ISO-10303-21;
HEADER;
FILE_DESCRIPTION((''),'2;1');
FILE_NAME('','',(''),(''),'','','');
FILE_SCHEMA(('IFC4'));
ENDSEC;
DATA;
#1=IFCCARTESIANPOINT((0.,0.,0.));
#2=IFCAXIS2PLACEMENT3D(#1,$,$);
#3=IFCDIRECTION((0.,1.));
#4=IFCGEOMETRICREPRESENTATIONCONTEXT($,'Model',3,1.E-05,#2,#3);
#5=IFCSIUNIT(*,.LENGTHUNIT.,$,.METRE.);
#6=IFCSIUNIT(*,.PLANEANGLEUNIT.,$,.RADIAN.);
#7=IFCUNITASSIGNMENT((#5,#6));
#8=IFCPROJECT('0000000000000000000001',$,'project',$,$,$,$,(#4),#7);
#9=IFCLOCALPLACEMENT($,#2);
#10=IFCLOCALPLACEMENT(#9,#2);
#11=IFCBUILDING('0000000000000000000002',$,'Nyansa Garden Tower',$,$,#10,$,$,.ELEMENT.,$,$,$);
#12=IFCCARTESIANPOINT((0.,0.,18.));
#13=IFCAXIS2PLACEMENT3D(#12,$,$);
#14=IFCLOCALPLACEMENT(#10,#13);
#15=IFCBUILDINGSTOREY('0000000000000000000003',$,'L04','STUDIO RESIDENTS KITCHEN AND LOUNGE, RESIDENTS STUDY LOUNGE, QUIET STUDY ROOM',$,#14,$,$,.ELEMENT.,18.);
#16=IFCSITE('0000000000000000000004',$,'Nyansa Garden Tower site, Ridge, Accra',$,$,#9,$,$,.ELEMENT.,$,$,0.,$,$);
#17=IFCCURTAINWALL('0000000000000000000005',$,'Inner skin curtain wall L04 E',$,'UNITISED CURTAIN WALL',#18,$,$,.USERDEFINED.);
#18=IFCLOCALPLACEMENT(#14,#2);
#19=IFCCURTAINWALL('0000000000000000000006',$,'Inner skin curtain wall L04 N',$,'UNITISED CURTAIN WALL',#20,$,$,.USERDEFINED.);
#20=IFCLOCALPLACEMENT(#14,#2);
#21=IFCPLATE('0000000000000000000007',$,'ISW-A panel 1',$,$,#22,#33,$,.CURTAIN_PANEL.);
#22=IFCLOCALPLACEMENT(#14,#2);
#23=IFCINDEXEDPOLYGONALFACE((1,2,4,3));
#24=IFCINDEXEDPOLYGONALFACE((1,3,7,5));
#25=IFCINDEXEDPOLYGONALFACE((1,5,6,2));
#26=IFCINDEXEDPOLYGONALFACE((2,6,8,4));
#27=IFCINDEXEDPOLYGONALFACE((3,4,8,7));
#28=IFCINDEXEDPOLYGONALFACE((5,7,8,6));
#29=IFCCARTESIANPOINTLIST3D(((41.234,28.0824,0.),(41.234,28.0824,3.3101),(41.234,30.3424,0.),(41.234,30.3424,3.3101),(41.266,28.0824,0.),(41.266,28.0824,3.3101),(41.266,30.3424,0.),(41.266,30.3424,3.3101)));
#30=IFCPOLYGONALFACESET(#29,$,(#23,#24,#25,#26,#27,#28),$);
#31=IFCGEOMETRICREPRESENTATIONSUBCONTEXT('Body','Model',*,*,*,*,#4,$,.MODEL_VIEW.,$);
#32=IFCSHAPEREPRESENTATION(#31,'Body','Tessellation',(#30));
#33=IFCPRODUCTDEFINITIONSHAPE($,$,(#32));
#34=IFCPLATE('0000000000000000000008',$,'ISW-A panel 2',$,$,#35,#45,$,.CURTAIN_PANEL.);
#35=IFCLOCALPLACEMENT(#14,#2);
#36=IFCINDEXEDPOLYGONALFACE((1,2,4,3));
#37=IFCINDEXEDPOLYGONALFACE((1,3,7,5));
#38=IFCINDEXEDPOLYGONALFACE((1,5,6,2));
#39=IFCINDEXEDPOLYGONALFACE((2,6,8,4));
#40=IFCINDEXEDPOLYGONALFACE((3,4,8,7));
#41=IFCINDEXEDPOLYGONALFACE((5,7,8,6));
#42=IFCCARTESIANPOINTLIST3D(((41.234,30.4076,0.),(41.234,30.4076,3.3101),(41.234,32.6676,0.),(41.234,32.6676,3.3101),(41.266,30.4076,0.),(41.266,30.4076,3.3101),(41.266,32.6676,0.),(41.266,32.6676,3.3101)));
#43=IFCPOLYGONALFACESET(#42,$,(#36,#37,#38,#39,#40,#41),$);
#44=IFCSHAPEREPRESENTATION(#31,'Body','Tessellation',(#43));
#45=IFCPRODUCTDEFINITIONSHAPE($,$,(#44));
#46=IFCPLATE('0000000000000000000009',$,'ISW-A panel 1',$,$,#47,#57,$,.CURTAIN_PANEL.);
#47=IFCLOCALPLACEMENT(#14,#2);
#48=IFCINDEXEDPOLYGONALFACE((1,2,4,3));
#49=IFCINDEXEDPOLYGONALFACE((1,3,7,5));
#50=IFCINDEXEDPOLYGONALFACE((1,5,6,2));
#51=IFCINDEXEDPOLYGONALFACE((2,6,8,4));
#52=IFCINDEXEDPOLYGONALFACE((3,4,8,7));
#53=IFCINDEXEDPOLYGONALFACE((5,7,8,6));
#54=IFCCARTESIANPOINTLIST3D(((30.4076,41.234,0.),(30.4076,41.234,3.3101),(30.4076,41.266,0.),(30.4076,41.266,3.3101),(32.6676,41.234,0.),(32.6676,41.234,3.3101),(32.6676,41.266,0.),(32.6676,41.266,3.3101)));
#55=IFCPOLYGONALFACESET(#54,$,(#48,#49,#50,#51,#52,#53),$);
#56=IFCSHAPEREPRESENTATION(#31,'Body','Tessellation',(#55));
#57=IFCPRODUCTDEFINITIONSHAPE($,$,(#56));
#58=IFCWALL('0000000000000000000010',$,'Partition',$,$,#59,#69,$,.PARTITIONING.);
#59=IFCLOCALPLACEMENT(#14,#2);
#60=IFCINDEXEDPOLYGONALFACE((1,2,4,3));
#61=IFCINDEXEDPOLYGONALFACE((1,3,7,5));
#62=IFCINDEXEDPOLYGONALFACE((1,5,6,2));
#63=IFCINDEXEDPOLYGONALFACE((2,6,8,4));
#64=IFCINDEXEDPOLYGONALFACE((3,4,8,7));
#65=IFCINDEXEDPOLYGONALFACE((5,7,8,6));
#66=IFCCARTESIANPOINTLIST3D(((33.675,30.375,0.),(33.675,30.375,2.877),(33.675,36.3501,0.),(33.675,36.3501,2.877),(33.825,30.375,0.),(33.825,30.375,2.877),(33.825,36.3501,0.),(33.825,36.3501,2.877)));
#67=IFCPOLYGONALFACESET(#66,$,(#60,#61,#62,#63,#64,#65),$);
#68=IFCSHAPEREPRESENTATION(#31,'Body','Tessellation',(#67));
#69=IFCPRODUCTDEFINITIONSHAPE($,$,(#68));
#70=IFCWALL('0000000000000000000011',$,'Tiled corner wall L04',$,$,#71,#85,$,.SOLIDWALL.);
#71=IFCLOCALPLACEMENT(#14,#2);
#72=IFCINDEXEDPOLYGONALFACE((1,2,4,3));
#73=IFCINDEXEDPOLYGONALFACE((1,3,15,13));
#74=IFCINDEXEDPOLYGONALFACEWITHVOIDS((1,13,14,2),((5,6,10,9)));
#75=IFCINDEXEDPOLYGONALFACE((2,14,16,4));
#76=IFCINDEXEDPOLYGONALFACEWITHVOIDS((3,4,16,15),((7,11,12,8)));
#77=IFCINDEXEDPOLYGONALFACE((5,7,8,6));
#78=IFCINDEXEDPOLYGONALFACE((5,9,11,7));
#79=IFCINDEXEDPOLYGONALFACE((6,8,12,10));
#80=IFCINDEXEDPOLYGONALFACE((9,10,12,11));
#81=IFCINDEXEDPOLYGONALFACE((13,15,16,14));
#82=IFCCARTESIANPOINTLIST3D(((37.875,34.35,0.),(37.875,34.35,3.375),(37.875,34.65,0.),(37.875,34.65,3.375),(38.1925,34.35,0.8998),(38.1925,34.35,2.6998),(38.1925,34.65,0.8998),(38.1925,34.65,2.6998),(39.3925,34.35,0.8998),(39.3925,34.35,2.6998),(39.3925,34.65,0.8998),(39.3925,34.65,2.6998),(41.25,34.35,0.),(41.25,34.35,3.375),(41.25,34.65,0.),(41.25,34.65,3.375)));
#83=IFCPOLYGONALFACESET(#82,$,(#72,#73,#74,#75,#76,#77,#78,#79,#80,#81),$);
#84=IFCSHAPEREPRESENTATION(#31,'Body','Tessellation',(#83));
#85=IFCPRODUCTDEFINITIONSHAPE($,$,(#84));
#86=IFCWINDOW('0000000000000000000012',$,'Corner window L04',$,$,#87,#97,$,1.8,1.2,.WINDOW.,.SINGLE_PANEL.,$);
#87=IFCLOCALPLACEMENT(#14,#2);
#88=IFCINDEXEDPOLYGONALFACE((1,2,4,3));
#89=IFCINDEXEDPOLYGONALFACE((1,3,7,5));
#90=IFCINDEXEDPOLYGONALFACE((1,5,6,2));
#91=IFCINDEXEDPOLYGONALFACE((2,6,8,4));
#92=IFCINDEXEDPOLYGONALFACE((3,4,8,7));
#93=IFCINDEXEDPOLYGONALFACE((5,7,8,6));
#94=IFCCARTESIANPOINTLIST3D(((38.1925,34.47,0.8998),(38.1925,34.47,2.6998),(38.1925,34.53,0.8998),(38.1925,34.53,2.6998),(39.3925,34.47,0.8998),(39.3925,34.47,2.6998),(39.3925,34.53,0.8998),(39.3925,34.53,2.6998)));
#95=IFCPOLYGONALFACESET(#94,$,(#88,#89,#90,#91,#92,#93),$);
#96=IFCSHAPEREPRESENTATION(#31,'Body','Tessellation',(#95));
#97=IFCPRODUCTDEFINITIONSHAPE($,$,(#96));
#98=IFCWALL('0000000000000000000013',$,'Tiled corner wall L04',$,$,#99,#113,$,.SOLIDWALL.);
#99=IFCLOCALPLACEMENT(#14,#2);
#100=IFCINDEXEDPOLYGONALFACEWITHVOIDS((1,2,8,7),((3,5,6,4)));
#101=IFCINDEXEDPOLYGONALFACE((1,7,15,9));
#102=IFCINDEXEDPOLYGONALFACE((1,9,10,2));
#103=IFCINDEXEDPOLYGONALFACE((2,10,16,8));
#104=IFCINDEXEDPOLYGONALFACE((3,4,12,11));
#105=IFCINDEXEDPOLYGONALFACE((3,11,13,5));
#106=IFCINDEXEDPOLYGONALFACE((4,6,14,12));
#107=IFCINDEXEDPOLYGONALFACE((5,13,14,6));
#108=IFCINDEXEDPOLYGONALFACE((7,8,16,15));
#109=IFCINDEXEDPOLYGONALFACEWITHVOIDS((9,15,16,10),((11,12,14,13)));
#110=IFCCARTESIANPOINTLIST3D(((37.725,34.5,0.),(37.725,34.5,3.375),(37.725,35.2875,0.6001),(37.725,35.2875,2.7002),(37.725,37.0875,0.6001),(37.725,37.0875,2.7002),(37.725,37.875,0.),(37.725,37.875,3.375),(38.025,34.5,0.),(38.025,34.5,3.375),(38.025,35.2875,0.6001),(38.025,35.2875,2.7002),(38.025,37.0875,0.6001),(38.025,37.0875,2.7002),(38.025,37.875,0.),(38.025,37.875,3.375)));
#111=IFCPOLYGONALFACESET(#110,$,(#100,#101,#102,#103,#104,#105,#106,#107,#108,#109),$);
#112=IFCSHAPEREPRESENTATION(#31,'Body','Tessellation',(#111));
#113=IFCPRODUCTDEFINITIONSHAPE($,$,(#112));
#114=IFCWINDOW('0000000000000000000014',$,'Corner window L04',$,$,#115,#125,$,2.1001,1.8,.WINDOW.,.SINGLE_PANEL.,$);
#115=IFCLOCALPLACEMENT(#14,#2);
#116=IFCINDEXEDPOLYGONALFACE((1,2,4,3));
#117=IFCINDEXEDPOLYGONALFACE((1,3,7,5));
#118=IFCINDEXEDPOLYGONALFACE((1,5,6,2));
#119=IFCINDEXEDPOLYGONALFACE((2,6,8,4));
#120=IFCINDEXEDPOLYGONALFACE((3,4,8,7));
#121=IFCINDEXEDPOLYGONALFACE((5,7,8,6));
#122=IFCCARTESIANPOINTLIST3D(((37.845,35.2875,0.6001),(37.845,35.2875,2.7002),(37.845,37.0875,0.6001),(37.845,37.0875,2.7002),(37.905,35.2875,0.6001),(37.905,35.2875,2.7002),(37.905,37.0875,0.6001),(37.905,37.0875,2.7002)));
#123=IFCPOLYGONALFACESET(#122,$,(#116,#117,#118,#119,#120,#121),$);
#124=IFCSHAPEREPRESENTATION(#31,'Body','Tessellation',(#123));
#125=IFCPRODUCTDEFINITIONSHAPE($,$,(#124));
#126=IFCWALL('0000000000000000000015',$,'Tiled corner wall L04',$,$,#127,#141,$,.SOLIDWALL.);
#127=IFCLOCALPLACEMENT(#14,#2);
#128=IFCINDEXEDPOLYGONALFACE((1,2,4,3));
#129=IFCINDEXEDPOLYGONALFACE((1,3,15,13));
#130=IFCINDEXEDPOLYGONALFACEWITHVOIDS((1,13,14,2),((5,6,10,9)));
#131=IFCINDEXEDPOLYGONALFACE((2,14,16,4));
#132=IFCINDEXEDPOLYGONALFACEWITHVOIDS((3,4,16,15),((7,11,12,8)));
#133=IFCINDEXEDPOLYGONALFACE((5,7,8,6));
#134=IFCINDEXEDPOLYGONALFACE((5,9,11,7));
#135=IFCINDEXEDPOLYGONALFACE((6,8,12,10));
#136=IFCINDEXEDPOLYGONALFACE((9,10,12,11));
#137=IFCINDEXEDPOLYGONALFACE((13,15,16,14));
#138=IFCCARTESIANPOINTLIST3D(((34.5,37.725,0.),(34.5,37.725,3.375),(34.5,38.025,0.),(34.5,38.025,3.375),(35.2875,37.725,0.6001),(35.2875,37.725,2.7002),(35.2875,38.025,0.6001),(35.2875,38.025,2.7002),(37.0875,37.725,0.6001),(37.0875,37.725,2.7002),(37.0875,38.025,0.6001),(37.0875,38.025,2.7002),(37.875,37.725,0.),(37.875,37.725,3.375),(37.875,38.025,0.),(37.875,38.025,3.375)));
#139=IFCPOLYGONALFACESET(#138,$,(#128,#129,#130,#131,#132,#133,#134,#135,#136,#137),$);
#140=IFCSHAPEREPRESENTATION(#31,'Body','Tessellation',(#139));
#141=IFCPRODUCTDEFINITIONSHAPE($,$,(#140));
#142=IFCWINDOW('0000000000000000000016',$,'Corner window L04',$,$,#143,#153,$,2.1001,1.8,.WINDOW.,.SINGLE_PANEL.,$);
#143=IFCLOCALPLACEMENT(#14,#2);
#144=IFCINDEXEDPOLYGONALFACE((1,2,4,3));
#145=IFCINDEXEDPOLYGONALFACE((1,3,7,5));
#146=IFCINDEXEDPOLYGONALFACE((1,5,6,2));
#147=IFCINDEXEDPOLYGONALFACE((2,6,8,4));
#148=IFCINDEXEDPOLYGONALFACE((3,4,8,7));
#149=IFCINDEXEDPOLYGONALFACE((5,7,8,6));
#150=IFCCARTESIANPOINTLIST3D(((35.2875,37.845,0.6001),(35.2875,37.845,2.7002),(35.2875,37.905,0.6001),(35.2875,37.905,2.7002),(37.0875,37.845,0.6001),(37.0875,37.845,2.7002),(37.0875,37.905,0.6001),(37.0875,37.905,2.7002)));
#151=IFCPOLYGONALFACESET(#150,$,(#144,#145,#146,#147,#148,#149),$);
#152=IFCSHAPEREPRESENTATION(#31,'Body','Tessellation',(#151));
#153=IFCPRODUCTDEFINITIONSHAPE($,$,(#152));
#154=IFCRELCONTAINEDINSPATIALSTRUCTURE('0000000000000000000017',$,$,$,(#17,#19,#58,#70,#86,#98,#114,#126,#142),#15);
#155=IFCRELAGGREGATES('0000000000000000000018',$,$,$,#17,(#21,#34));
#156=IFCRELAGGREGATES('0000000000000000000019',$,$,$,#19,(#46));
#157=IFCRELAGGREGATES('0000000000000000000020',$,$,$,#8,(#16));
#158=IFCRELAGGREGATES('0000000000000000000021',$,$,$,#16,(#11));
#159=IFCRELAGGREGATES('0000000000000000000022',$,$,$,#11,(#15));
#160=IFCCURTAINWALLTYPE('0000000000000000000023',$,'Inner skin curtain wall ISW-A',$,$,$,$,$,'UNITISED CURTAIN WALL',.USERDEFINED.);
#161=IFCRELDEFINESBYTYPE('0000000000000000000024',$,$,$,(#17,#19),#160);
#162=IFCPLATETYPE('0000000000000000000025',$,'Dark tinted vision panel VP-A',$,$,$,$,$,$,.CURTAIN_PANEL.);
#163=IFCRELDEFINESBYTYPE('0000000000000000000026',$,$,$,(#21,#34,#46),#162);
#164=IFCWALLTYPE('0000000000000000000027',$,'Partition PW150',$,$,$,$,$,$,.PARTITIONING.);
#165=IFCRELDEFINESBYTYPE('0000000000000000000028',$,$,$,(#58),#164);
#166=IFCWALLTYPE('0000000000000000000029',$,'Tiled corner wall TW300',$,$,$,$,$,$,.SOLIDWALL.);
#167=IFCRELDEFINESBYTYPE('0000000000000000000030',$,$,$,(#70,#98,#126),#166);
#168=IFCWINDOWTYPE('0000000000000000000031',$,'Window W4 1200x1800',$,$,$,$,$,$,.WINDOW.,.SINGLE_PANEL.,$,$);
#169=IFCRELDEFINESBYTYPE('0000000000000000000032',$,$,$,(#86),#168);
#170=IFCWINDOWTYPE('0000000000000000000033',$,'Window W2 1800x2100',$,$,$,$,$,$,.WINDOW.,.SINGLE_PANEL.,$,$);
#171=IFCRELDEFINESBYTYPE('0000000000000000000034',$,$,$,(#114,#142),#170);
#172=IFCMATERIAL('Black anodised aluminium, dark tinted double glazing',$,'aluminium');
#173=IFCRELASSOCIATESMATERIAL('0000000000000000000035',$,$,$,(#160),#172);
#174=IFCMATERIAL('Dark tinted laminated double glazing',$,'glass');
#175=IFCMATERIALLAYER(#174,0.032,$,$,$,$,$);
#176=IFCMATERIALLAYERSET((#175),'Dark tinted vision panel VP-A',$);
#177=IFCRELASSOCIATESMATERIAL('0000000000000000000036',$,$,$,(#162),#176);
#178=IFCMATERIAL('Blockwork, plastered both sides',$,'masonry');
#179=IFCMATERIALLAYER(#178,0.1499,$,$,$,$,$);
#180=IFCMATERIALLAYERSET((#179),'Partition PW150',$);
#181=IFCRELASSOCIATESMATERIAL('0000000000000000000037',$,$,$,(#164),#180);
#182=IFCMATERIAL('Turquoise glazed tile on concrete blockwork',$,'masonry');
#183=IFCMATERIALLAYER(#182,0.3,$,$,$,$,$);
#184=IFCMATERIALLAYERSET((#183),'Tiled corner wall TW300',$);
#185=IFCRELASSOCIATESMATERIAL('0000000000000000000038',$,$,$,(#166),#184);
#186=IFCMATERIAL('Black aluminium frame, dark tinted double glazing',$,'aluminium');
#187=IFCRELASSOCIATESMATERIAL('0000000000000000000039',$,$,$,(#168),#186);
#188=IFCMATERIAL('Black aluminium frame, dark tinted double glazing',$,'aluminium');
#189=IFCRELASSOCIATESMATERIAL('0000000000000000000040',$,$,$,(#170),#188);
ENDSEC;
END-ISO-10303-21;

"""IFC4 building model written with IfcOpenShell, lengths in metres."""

from ifc_helpers import new_model, si_unit, direction, frame, frame_2d, origin, origin_2d, place, context, subcontext, project, spatial, rectangle, extrude, material, layer, layer_set, type_object, element, fill, aggregate, save


model = new_model("IFC4")

# Units and contexts
model_context = context("Model", 3, precision=1e-05, world=origin(), true_north=direction((0.0, 1.0)))
body_context = subcontext(model_context, "Body", "Model", "MODEL_VIEW")
ifc_project = project(units=[si_unit("LENGTHUNIT", "METRE"), si_unit("PLANEANGLEUNIT", "RADIAN")], contexts=[model_context])

# Site, building, storey
site_placement = place(None, origin())
site = spatial("IfcSite", under=ifc_project, at=site_placement, Name="Nyansa Garden Tower site, Ridge, Accra", CompositionType="ELEMENT", RefElevation=0.0)
building_placement = place(site_placement, origin())
building = spatial("IfcBuilding", under=site, at=building_placement, Name="Nyansa Garden Tower", CompositionType="ELEMENT")
storey_placement = place(building_placement, frame((0.0, 0.0, 18.0)))
storey = spatial("IfcBuildingStorey", under=building, at=storey_placement, Name="L04", Description="STUDIO RESIDENTS KITCHEN AND LOUNGE, RESIDENTS STUDY LOUNGE, QUIET STUDY ROOM", CompositionType="ELEMENT", Elevation=18.0)

# Curtain wall
ifc_material_1 = material(Name="Black anodised aluminium, dark tinted double glazing", Category="aluminium")
curtain_wall_type = type_object("IfcCurtainWallType", Name="Inner skin curtain wall ISW-A", ElementType="UNITISED CURTAIN WALL", PredefinedType="USERDEFINED", material=ifc_material_1)
curtain_wall_1_placement = place(storey_placement, origin())
curtain_wall_1 = element("IfcCurtainWall", 1, at=curtain_wall_1_placement, inside=storey, type_object=curtain_wall_type, Name="Inner skin curtain wall L04 E", ObjectType="UNITISED CURTAIN WALL", PredefinedType="USERDEFINED")

# Curtain wall
curtain_wall_2_placement = place(storey_placement, origin())
curtain_wall_2 = element("IfcCurtainWall", 2, at=curtain_wall_2_placement, inside=storey, type_object=curtain_wall_type, Name="Inner skin curtain wall L04 N", ObjectType="UNITISED CURTAIN WALL", PredefinedType="USERDEFINED")

# Plates
ifc_material_2 = material(Name="Dark tinted laminated double glazing", Category="glass")
ifc_layer_1 = layer(ifc_material_2, 0.032)
ifc_layer_set_1 = layer_set([ifc_layer_1], Name="Dark tinted vision panel VP-A")
plate_type = type_object("IfcPlateType", Name="Dark tinted vision panel VP-A", PredefinedType="CURTAIN_PANEL", material=ifc_layer_set_1)
plate_1_placement = place(storey_placement, frame((41.25, 29.2124, 0.0), z_axis=(0.0, 0.0, 1.0), x_axis=(0.0, 1.0, 0.0)))
plate_1 = element("IfcPlate", 3, at=plate_1_placement, type_object=plate_type, Name="ISW-A panel 1", PredefinedType="CURTAIN_PANEL", context=body_context, shape_type="SweptSolid", body=[
    extrude(rectangle(XDim=2.26, YDim=0.032, at=origin_2d()), origin(), (0.0, 0.0, 1.0), 3.3101),
])
plate_2_placement = place(storey_placement, frame((41.25, 31.5376, 0.0), z_axis=(0.0, 0.0, 1.0), x_axis=(0.0, 1.0, 0.0)))
plate_2 = element("IfcPlate", 4, at=plate_2_placement, type_object=plate_type, Name="ISW-A panel 2", PredefinedType="CURTAIN_PANEL", context=body_context, shape_type="SweptSolid", body=[
    extrude(rectangle(XDim=2.26, YDim=0.032, at=origin_2d()), origin(), (0.0, 0.0, 1.0), 3.3101),
])
aggregate(curtain_wall_1, [plate_1, plate_2])
plate_3_placement = place(storey_placement, frame((31.5376, 41.25, 0.0), z_axis=(0.0, 0.0, 1.0), x_axis=(-1.0, 0.0, 0.0)))
plate_3 = element("IfcPlate", 5, at=plate_3_placement, type_object=plate_type, Name="ISW-A panel 1", PredefinedType="CURTAIN_PANEL", context=body_context, shape_type="SweptSolid", body=[
    extrude(rectangle(XDim=2.26, YDim=0.032, at=origin_2d()), origin(), (0.0, 0.0, 1.0), 3.3101),
])
aggregate(curtain_wall_2, [plate_3])

# Wall
ifc_material_3 = material(Name="Blockwork, plastered both sides", Category="masonry")
ifc_layer_2 = layer(ifc_material_3, 0.1499)
ifc_layer_set_2 = layer_set([ifc_layer_2], Name="Partition PW150")
wall_type_1 = type_object("IfcWallType", Name="Partition PW150", PredefinedType="PARTITIONING", material=ifc_layer_set_2)
wall_1_placement = place(storey_placement, frame((33.75, 30.375, 0.0), z_axis=(0.0, 0.0, 1.0), x_axis=(0.0, 1.0, 0.0)))
element("IfcWall", 6, at=wall_1_placement, inside=storey, type_object=wall_type_1, Name="Partition", PredefinedType="PARTITIONING", context=body_context, shape_type="SweptSolid", body=[
    extrude(rectangle(XDim=5.9751, YDim=0.1499, at=frame_2d((2.9875, 0.0))), origin(), (0.0, 0.0, 1.0), 2.877),
])

# Walls, openings, windows
ifc_material_4 = material(Name="Turquoise glazed tile on concrete blockwork", Category="masonry")
ifc_layer_3 = layer(ifc_material_4, 0.3)
ifc_layer_set_3 = layer_set([ifc_layer_3], Name="Tiled corner wall TW300")
wall_type_2 = type_object("IfcWallType", Name="Tiled corner wall TW300", PredefinedType="SOLIDWALL", material=ifc_layer_set_3)
wall_2_placement = place(storey_placement, frame((41.25, 34.5, 0.0), z_axis=(0.0, 0.0, 1.0), x_axis=(-1.0, 0.0, 0.0)))
wall_2 = element("IfcWall", 7, at=wall_2_placement, inside=storey, type_object=wall_type_2, Name="Tiled corner wall L04", PredefinedType="SOLIDWALL", context=body_context, shape_type="SweptSolid", body=[
    extrude(rectangle(XDim=3.375, YDim=0.3, at=frame_2d((1.6875, 0.0))), origin(), (0.0, 0.0, 1.0), 3.375),
])
opening_1_placement = place(wall_2_placement, frame((1.8574, 0.0, 0.8999)))
opening_1 = element("IfcOpeningElement", 8, at=opening_1_placement, cuts=wall_2, PredefinedType="OPENING", context=body_context, shape_type="SweptSolid", body=[
    extrude(rectangle(XDim=1.2, YDim=1.8, at=frame_2d((0.6001, 0.8999))), frame((0.0, 0.1599, 0.0), z_axis=(0.0, -1.0, 0.0), x_axis=(1.0, 0.0, 0.0)), (0.0, 0.0, 1.0), 0.3201),
])
ifc_material_5 = material(Name="Black aluminium frame, dark tinted double glazing", Category="aluminium")
window_type_1 = type_object("IfcWindowType", Name="Window W4 1200x1800", PartitioningType="SINGLE_PANEL", PredefinedType="WINDOW", material=ifc_material_5)
window_1_placement = place(opening_1_placement, origin())
window_1 = element("IfcWindow", 9, at=window_1_placement, inside=storey, type_object=window_type_1, Name="Corner window L04", OverallHeight=1.8, OverallWidth=1.2, PartitioningType="SINGLE_PANEL", PredefinedType="WINDOW", context=body_context, shape_type="SweptSolid", body=[
    extrude(rectangle(XDim=1.2, YDim=1.8, at=frame_2d((0.6001, 0.8999))), frame((0.0, 0.03, 0.0), z_axis=(0.0, -1.0, 0.0), x_axis=(1.0, 0.0, 0.0)), (0.0, 0.0, 1.0), 0.0601),
])
fill(opening_1, window_1)
wall_3_placement = place(storey_placement, frame((37.875, 34.5, 0.0), z_axis=(0.0, 0.0, 1.0), x_axis=(0.0, 1.0, 0.0)))
wall_3 = element("IfcWall", 10, at=wall_3_placement, inside=storey, type_object=wall_type_2, Name="Tiled corner wall L04", PredefinedType="SOLIDWALL", context=body_context, shape_type="SweptSolid", body=[
    extrude(rectangle(XDim=3.375, YDim=0.3, at=frame_2d((1.6875, 0.0))), origin(), (0.0, 0.0, 1.0), 3.375),
])
opening_2_placement = place(wall_3_placement, frame((0.7876, 0.0, 0.6001)))
opening_2 = element("IfcOpeningElement", 11, at=opening_2_placement, cuts=wall_3, PredefinedType="OPENING", context=body_context, shape_type="SweptSolid", body=[
    extrude(rectangle(XDim=1.8, YDim=2.1001, at=frame_2d((0.8999, 1.05))), frame((0.0, 0.1599, 0.0), z_axis=(0.0, -1.0, 0.0), x_axis=(1.0, 0.0, 0.0)), (0.0, 0.0, 1.0), 0.3201),
])
ifc_material_6 = material(Name="Black aluminium frame, dark tinted double glazing", Category="aluminium")
window_type_2 = type_object("IfcWindowType", Name="Window W2 1800x2100", PartitioningType="SINGLE_PANEL", PredefinedType="WINDOW", material=ifc_material_6)
window_2_placement = place(opening_2_placement, origin())
window_2 = element("IfcWindow", 12, at=window_2_placement, inside=storey, type_object=window_type_2, Name="Corner window L04", OverallHeight=2.1001, OverallWidth=1.8, PartitioningType="SINGLE_PANEL", PredefinedType="WINDOW", context=body_context, shape_type="SweptSolid", body=[
    extrude(rectangle(XDim=1.8, YDim=2.1001, at=frame_2d((0.8999, 1.05))), frame((0.0, 0.03, 0.0), z_axis=(0.0, -1.0, 0.0), x_axis=(1.0, 0.0, 0.0)), (0.0, 0.0, 1.0), 0.0601),
])
fill(opening_2, window_2)
wall_4_placement = place(storey_placement, frame((37.875, 37.875, 0.0), z_axis=(0.0, 0.0, 1.0), x_axis=(-1.0, 0.0, 0.0)))
wall_4 = element("IfcWall", 13, at=wall_4_placement, inside=storey, type_object=wall_type_2, Name="Tiled corner wall L04", PredefinedType="SOLIDWALL", context=body_context, shape_type="SweptSolid", body=[
    extrude(rectangle(XDim=3.375, YDim=0.3, at=frame_2d((1.6875, 0.0))), origin(), (0.0, 0.0, 1.0), 3.375),
])
opening_3_placement = place(wall_4_placement, frame((0.7876, 0.0, 0.6001)))
opening_3 = element("IfcOpeningElement", 14, at=opening_3_placement, cuts=wall_4, PredefinedType="OPENING", context=body_context, shape_type="SweptSolid", body=[
    extrude(rectangle(XDim=1.8, YDim=2.1001, at=frame_2d((0.8999, 1.05))), frame((0.0, 0.1599, 0.0), z_axis=(0.0, -1.0, 0.0), x_axis=(1.0, 0.0, 0.0)), (0.0, 0.0, 1.0), 0.3201),
])
window_3_placement = place(opening_3_placement, origin())
window_3 = element("IfcWindow", 15, at=window_3_placement, inside=storey, type_object=window_type_2, Name="Corner window L04", OverallHeight=2.1001, OverallWidth=1.8, PartitioningType="SINGLE_PANEL", PredefinedType="WINDOW", context=body_context, shape_type="SweptSolid", body=[
    extrude(rectangle(XDim=1.8, YDim=2.1001, at=frame_2d((0.8999, 1.05))), frame((0.0, 0.03, 0.0), z_axis=(0.0, -1.0, 0.0), x_axis=(1.0, 0.0, 0.0)), (0.0, 0.0, 1.0), 0.0601),
])
fill(opening_3, window_3)

save(model, "model.ifc")
